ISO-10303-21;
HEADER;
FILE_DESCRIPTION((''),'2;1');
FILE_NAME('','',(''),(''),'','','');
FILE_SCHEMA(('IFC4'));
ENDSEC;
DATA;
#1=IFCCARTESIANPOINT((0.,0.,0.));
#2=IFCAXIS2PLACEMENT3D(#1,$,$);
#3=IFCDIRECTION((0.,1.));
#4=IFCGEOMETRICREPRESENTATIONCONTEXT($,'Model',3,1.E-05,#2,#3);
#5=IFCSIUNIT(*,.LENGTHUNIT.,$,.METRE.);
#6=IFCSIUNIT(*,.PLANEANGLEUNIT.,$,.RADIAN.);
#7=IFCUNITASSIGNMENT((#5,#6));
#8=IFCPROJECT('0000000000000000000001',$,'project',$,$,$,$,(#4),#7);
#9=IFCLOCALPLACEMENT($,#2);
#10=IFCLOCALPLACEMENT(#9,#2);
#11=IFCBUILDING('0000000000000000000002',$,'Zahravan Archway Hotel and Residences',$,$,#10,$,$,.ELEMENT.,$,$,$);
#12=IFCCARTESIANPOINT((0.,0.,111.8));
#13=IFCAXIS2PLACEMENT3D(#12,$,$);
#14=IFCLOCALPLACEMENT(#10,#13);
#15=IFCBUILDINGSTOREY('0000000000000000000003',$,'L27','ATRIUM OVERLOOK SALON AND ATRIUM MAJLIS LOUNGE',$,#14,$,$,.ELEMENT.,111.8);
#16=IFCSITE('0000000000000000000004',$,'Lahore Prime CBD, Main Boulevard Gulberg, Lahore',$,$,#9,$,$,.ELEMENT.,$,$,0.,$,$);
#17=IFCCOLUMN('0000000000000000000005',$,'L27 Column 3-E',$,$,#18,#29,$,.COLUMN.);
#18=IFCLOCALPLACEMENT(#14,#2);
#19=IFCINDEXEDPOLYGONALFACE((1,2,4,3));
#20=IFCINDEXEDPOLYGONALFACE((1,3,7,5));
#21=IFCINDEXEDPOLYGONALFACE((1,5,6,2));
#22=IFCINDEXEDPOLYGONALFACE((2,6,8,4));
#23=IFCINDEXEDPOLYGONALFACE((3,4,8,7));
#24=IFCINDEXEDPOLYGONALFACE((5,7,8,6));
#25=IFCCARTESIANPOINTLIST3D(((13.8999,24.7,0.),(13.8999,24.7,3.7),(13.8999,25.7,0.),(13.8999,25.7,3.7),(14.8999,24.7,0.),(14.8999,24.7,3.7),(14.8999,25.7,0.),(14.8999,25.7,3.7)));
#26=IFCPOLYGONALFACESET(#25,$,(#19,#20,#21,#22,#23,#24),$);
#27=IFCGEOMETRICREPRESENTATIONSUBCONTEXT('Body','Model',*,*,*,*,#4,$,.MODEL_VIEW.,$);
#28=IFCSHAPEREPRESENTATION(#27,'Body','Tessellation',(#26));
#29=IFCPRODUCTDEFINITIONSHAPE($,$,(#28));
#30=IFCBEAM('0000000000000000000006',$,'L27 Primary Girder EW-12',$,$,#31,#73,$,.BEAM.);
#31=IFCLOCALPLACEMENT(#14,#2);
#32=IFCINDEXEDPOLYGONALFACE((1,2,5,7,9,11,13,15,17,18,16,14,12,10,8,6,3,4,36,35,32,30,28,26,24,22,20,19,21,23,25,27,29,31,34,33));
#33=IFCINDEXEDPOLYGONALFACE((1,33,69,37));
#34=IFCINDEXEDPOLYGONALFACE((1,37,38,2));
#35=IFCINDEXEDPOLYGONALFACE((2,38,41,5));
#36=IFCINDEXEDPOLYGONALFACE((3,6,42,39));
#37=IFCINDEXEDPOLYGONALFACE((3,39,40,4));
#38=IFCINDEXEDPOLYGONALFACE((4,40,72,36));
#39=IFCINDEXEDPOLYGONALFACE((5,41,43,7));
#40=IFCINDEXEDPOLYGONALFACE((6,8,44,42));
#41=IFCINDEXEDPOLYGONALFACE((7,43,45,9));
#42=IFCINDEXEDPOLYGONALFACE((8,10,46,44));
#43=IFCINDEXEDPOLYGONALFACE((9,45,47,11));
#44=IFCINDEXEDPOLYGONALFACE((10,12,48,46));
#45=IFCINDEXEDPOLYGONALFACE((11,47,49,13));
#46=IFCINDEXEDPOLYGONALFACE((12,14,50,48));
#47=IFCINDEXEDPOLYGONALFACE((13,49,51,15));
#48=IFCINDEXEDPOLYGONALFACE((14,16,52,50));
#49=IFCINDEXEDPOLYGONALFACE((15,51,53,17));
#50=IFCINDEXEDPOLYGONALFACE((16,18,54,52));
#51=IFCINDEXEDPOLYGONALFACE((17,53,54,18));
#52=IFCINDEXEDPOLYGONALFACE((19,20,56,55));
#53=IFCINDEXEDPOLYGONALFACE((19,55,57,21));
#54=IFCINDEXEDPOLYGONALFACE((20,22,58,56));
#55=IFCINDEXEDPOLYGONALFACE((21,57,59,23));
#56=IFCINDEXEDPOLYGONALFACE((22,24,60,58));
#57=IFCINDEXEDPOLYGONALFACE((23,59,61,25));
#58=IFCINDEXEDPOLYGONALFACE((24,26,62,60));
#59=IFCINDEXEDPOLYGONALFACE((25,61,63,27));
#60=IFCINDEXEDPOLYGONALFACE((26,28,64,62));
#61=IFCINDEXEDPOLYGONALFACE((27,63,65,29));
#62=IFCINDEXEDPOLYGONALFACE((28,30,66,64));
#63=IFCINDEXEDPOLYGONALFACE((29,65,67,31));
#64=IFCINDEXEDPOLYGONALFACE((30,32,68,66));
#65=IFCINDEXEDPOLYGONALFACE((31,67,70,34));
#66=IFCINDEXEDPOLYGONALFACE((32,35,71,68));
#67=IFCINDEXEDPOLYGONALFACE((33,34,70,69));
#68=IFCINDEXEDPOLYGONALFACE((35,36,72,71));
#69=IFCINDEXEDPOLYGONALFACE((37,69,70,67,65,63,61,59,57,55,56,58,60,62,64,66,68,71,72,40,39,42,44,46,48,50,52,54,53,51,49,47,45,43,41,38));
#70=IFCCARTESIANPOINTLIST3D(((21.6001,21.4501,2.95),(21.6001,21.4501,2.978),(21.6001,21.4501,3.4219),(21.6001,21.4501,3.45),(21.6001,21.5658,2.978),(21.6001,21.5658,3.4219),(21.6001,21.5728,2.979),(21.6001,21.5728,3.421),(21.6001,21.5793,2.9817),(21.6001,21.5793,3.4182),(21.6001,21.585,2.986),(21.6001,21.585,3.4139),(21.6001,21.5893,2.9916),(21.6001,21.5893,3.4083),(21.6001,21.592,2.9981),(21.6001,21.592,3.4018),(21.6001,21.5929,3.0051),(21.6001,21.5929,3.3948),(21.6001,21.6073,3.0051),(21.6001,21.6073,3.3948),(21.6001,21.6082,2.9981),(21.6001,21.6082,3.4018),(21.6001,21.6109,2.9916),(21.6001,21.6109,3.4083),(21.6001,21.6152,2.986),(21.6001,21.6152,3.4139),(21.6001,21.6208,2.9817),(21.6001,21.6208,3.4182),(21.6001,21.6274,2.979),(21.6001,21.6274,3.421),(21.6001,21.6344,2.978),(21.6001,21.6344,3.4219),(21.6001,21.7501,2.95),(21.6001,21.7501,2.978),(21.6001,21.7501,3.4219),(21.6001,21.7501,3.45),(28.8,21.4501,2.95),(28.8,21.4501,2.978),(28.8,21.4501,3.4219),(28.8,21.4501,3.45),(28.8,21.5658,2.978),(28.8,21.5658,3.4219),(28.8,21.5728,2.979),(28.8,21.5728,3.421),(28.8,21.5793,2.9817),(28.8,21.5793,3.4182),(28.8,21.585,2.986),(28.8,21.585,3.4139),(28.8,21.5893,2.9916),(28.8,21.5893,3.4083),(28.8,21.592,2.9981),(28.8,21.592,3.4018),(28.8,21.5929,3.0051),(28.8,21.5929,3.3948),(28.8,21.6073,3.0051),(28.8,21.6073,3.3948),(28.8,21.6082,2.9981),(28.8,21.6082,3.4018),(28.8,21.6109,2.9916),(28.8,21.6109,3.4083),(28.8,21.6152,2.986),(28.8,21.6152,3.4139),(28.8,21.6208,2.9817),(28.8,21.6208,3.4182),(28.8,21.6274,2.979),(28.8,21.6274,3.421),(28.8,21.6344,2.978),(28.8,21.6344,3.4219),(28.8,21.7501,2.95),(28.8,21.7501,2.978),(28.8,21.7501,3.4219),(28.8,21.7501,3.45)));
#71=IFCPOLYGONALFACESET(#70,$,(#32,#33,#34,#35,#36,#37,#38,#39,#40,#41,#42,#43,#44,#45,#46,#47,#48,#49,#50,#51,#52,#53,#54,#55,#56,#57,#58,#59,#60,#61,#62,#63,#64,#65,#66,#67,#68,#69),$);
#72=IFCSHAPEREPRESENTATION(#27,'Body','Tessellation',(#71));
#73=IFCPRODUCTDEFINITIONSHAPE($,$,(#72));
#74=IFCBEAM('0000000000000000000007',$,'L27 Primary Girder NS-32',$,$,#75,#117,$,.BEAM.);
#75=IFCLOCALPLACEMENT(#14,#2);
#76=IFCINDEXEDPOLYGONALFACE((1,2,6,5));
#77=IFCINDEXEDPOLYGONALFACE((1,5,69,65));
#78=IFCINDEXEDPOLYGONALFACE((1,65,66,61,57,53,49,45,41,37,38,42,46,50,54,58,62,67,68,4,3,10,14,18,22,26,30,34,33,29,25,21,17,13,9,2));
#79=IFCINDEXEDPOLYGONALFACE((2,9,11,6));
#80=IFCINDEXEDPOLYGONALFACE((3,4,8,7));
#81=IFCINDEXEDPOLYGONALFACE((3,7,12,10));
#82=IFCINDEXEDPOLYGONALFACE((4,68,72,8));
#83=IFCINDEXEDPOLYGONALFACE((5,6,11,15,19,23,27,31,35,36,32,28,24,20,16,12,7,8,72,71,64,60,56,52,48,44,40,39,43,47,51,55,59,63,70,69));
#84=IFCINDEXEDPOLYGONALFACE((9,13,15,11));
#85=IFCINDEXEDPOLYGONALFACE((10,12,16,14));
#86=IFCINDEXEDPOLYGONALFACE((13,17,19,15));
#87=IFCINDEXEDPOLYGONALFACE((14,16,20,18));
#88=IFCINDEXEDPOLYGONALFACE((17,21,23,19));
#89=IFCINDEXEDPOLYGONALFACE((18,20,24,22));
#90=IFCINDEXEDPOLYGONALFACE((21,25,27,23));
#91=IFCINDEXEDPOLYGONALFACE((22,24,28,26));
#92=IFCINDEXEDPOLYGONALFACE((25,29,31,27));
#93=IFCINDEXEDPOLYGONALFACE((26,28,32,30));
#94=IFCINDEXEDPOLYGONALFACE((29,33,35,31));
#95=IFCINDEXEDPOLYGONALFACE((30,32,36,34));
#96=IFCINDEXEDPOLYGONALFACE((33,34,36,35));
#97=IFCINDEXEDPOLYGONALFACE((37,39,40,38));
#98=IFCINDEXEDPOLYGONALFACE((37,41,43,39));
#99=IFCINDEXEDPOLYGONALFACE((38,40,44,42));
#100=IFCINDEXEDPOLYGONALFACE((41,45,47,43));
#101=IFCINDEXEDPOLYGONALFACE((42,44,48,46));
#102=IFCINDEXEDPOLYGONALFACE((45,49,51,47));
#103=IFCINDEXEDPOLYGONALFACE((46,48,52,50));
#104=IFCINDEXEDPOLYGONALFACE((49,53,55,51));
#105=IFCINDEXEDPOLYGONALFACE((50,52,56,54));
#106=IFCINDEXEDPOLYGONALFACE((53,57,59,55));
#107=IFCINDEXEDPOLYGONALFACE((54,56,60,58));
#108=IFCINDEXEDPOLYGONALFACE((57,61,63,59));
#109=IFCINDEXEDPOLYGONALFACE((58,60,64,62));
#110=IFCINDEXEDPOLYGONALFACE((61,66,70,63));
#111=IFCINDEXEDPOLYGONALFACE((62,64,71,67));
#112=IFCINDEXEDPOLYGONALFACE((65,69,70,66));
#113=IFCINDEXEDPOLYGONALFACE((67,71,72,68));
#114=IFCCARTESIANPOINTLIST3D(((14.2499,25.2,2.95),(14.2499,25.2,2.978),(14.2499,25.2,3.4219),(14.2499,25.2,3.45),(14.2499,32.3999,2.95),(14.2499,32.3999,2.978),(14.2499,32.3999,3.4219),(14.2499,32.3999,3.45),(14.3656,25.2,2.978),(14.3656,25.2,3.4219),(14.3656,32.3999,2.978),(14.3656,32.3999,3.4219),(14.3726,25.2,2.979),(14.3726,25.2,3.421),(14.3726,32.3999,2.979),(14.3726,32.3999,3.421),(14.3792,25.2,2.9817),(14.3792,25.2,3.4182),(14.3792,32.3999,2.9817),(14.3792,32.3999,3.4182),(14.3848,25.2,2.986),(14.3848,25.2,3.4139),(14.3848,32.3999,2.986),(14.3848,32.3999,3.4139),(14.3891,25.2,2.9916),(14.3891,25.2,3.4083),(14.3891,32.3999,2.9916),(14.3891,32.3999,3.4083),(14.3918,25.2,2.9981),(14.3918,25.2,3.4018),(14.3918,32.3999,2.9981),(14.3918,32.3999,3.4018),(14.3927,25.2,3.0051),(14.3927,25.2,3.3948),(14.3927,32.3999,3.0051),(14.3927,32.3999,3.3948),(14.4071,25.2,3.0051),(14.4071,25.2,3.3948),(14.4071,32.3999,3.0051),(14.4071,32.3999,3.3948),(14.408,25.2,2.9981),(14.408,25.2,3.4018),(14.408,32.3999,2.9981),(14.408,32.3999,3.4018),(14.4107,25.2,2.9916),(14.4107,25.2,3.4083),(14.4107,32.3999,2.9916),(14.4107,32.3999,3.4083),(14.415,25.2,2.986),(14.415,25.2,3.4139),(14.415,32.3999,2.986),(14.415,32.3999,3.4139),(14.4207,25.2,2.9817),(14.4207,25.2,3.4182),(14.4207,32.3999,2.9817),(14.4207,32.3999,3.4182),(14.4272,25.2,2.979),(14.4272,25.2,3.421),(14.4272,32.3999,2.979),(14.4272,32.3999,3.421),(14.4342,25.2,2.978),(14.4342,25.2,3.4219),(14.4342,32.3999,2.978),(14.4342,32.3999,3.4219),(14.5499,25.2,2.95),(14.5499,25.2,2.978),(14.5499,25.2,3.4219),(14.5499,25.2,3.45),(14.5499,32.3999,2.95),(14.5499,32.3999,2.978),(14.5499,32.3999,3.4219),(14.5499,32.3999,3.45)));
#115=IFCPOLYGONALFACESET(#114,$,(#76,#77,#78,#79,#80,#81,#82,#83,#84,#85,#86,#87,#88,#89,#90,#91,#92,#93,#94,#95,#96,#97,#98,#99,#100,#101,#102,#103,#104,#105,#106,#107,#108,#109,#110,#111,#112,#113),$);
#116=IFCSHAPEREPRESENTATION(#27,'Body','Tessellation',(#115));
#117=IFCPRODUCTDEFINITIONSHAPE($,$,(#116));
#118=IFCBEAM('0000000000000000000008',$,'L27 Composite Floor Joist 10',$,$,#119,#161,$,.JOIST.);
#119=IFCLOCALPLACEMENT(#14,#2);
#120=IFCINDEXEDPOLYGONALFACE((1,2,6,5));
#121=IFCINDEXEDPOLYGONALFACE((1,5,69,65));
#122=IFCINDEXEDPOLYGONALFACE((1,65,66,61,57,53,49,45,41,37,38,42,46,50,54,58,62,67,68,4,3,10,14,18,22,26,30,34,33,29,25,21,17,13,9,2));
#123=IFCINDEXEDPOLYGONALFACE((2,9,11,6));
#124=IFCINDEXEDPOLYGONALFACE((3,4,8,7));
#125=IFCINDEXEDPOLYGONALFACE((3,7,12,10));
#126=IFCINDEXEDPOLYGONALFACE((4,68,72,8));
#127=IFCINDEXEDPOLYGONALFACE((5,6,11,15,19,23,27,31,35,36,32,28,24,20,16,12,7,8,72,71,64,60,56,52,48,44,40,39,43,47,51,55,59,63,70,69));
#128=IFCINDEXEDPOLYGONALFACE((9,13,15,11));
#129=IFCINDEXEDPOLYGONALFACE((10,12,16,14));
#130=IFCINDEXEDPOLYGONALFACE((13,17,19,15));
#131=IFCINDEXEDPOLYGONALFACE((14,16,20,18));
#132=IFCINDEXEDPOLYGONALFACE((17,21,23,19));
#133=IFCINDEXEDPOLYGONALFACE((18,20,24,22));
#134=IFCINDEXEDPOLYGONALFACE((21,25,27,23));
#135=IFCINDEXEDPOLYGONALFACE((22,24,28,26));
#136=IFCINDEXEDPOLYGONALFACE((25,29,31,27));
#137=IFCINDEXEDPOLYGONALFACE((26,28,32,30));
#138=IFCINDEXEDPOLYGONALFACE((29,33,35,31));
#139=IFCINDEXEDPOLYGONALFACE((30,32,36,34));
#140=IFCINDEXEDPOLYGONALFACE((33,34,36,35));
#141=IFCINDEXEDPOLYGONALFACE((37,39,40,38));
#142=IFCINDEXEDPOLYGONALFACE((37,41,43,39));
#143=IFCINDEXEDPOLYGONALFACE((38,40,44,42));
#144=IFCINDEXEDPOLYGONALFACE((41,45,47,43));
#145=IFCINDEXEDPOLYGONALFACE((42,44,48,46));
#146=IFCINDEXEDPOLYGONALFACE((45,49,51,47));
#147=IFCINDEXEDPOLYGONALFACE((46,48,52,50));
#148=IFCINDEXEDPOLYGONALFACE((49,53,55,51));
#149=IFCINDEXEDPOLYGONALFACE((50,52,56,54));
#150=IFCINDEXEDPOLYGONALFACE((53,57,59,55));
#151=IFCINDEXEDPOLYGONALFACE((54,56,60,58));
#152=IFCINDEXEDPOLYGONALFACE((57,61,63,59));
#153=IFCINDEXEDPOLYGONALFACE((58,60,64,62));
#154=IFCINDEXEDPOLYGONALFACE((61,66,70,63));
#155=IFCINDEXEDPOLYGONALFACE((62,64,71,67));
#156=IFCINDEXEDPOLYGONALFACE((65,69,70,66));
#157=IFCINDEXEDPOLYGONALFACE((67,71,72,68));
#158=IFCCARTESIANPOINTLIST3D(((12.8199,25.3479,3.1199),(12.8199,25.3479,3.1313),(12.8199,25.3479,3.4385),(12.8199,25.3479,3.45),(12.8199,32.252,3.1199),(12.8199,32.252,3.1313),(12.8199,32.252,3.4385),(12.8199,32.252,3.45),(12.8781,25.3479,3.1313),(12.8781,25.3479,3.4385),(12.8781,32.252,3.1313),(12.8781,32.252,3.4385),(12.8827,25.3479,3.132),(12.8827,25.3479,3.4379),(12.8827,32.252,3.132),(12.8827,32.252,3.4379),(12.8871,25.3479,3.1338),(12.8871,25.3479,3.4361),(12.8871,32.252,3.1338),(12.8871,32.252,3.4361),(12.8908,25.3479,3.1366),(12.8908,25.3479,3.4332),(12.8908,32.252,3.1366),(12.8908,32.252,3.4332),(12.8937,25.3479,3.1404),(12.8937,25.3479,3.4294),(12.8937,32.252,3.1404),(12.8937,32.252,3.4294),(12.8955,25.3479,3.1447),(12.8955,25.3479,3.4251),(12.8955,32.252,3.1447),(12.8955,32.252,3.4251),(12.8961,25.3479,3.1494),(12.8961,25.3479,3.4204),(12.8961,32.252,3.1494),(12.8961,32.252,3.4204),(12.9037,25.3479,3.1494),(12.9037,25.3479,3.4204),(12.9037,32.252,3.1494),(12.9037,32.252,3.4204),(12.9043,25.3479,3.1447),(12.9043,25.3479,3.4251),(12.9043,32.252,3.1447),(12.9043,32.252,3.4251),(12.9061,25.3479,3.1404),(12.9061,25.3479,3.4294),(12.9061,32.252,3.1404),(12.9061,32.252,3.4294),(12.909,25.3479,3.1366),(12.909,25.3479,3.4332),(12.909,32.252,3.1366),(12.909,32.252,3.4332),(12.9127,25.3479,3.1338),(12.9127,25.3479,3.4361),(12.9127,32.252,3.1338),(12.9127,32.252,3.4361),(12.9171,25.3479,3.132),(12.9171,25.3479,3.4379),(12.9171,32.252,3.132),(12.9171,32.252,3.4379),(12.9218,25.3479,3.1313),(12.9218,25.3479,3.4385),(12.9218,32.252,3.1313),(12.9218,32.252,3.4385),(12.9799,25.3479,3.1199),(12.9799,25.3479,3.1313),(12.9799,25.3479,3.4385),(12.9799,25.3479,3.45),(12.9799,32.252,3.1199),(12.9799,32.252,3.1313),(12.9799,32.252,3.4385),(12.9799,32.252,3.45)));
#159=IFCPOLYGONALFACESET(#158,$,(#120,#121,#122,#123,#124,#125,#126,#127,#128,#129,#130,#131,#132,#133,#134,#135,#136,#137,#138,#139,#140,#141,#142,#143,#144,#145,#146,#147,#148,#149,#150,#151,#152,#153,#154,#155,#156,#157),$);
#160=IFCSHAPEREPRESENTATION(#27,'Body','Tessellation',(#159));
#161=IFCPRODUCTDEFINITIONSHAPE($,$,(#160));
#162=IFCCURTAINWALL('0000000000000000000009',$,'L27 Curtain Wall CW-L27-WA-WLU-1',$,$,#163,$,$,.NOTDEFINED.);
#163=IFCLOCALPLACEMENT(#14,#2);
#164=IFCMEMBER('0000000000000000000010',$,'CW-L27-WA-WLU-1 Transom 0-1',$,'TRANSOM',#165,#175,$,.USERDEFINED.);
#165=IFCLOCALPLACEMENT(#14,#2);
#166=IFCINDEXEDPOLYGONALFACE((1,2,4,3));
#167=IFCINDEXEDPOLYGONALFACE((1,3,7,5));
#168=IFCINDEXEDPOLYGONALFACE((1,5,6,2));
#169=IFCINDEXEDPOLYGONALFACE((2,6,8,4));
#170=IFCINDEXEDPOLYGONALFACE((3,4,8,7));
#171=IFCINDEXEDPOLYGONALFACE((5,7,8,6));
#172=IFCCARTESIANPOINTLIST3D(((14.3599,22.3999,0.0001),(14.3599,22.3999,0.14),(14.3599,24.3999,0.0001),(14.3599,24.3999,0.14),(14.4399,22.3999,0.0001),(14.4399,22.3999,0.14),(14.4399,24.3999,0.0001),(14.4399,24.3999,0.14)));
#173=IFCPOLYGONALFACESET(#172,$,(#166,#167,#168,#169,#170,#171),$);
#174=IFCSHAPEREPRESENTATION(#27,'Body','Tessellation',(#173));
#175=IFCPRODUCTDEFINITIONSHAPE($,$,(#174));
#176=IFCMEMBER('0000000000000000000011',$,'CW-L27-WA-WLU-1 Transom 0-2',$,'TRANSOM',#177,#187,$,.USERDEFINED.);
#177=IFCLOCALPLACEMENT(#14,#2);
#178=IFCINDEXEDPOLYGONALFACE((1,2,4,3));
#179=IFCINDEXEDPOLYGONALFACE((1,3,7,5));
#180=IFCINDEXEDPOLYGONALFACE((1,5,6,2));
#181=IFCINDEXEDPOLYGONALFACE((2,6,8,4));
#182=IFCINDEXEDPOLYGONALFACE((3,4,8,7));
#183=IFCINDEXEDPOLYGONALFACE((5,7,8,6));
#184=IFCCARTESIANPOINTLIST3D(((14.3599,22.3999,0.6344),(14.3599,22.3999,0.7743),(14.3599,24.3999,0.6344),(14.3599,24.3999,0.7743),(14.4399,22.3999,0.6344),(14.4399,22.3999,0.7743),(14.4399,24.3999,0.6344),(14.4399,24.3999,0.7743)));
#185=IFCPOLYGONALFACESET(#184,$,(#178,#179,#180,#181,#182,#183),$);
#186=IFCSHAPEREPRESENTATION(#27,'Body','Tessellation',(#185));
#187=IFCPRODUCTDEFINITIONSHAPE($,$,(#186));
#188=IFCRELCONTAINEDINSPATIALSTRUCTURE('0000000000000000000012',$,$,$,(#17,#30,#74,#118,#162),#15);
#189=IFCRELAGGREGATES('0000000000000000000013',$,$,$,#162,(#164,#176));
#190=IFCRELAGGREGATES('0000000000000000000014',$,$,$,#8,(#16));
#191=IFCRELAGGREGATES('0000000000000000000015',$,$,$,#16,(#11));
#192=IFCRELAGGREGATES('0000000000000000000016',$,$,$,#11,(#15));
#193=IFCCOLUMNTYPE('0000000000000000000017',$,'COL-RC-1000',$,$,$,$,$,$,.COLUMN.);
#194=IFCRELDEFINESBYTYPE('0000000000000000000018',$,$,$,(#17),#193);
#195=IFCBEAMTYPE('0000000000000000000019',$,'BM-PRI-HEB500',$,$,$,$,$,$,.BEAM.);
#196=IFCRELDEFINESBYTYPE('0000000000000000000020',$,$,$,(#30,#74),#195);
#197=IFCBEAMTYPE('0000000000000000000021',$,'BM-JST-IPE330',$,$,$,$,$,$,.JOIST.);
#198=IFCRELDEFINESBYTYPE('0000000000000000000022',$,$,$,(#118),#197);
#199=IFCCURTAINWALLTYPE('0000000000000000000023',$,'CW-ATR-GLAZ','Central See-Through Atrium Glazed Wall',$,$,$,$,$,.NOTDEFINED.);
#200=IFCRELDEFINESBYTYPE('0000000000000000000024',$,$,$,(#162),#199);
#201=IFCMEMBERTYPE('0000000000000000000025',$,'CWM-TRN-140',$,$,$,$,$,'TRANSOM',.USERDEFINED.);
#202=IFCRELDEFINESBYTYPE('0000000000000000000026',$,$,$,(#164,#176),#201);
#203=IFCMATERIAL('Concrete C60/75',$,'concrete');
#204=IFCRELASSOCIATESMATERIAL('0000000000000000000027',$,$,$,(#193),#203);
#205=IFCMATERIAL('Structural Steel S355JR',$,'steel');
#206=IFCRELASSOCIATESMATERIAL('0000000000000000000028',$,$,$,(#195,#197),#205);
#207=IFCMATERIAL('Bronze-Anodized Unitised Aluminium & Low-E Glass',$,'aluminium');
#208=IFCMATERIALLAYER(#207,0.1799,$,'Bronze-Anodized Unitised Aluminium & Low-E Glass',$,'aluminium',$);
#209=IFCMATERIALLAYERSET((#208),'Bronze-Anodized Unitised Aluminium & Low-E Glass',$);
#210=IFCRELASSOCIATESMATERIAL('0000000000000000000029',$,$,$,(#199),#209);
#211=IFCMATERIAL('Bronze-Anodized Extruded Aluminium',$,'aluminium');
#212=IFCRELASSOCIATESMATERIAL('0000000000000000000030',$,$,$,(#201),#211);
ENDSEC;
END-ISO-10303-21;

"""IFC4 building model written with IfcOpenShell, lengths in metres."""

from ifc_helpers import new_model, si_unit, direction, frame, origin, origin_2d, place, context, subcontext, project, spatial, rectangle, i_section, extrude, source, transform, mapped, material, layer, layer_set, material_profile, profile_set, type_object, type_shapes, element, aggregate, save


model = new_model("IFC4")

# Units and contexts
model_context = context("Model", 3, precision=1e-05, world=origin(), true_north=direction((0.0, 1.0)))
body_context = subcontext(model_context, "Body", "Model", "MODEL_VIEW")
ifc_project = project(units=[si_unit("LENGTHUNIT", "METRE"), si_unit("PLANEANGLEUNIT", "RADIAN")], contexts=[model_context])

# Site, building, storey
site_placement = place(None, origin())
site = spatial("IfcSite", under=ifc_project, at=site_placement, Name="Lahore Prime CBD, Main Boulevard Gulberg, Lahore", CompositionType="ELEMENT", RefElevation=0.0)
building_placement = place(site_placement, origin())
building = spatial("IfcBuilding", under=site, at=building_placement, Name="Zahravan Archway Hotel and Residences", CompositionType="ELEMENT")
storey_placement = place(building_placement, frame((0.0, 0.0, 111.8)))
storey = spatial("IfcBuildingStorey", under=building, at=storey_placement, Name="L27", Description="ATRIUM OVERLOOK SALON AND ATRIUM MAJLIS LOUNGE", CompositionType="ELEMENT", Elevation=111.8)

# Column
ifc_material_1 = material(Name="Concrete C60/75", Category="concrete")
ifc_material_profile_1 = material_profile(ifc_material_1, rectangle(XDim=1.0, YDim=1.0, at=origin_2d()), Name="RC-COL-1000x1000", Category="concrete")
ifc_profile_set_1 = profile_set([ifc_material_profile_1], Name="Concrete C60/75")
column_type = type_object("IfcColumnType", Name="COL-RC-1000", PredefinedType="COLUMN", material=ifc_profile_set_1)
shared_shape_1 = source(origin(), body_context, "Body", "SweptSolid", [
    extrude(rectangle(XDim=1.0, YDim=1.0, at=origin_2d()), origin(), (0.0, 0.0, 1.0), 3.7),
])
type_shapes(column_type, [shared_shape_1])
column_placement = place(storey_placement, frame((14.3999, 25.2, 0.0), z_axis=(0.0, 0.0, 1.0), x_axis=(1.0, 0.0, 0.0)))
element("IfcColumn", 1, at=column_placement, inside=storey, type_object=column_type, Name="L27 Column 3-E", PredefinedType="COLUMN", context=body_context, shape_type="MappedRepresentation", body=[
    mapped(shared_shape_1, transform((0.0, 0.0, 0.0), scale=1.0)),
])

# Beams
ifc_material_2 = material(Name="Structural Steel S355JR", Category="steel")
ifc_material_profile_2 = material_profile(ifc_material_2, i_section(OverallWidth=0.3, OverallDepth=0.5, WebThickness=0.0144, FlangeThickness=0.0281, FilletRadius=0.0271, at=origin_2d()), Name="HEB 500", Category="steel")
ifc_profile_set_2 = profile_set([ifc_material_profile_2], Name="Structural Steel S355JR")
beam_type_1 = type_object("IfcBeamType", Name="BM-PRI-HEB500", PredefinedType="BEAM", material=ifc_profile_set_2)
shared_shape_2 = source(origin(), body_context, "Body", "SweptSolid", [
    extrude(i_section(OverallWidth=0.3, OverallDepth=0.5, WebThickness=0.0144, FlangeThickness=0.0281, FilletRadius=0.0271, at=origin_2d()), origin(), (0.0, 0.0, 1.0), 7.2),
])
for number, where, z_axis, x_axis, name in (
    (2, (21.6001, 21.6001, 3.2), (1.0, 0.0, 0.0), (0.0, 1.0, 0.0), "L27 Primary Girder EW-12"),
    (3, (14.3999, 25.2, 3.2), (0.0, 1.0, 0.0), (-1.0, 0.0, 0.0), "L27 Primary Girder NS-32"),
):
    element("IfcBeam", number, at=place(storey_placement, frame(where, z_axis=z_axis, x_axis=x_axis)), inside=storey, type_object=beam_type_1, Name=name, PredefinedType="BEAM", context=body_context, shape_type="MappedRepresentation", body=[
        mapped(shared_shape_2, transform((0.0, 0.0, 0.0), scale=1.0)),
    ])
ifc_material_profile_3 = material_profile(ifc_material_2, i_section(OverallWidth=0.1599, OverallDepth=0.3301, WebThickness=0.0076, FlangeThickness=0.0115, FilletRadius=0.0181, at=origin_2d()), Name="IPE 330", Category="steel")
ifc_profile_set_3 = profile_set([ifc_material_profile_3], Name="Structural Steel S355JR")
beam_type_2 = type_object("IfcBeamType", Name="BM-JST-IPE330", PredefinedType="JOIST", material=ifc_profile_set_3)
shared_shape_3 = source(origin(), body_context, "Body", "SweptSolid", [
    extrude(i_section(OverallWidth=0.1599, OverallDepth=0.3301, WebThickness=0.0076, FlangeThickness=0.0115, FilletRadius=0.0181, at=origin_2d()), origin(), (0.0, 0.0, 1.0), 6.9041),
])
type_shapes(beam_type_2, [shared_shape_3])
beam_placement = place(storey_placement, frame((12.8999, 25.3479, 3.2849), z_axis=(0.0, 1.0, 0.0), x_axis=(-1.0, 0.0, 0.0)))
element("IfcBeam", 4, at=beam_placement, inside=storey, type_object=beam_type_2, Name="L27 Composite Floor Joist 10", PredefinedType="JOIST", context=body_context, shape_type="MappedRepresentation", body=[
    mapped(shared_shape_3, transform((0.0, 0.0, 0.0), scale=1.0)),
])

# Curtain wall, members
ifc_material_3 = material(Name="Bronze-Anodized Unitised Aluminium & Low-E Glass", Category="aluminium")
ifc_layer_1 = layer(ifc_material_3, 0.1799, Name="Bronze-Anodized Unitised Aluminium & Low-E Glass", Category="aluminium")
ifc_layer_set_1 = layer_set([ifc_layer_1], Name="Bronze-Anodized Unitised Aluminium & Low-E Glass")
curtain_wall_type = type_object("IfcCurtainWallType", Name="CW-ATR-GLAZ", Description="Central See-Through Atrium Glazed Wall", PredefinedType="NOTDEFINED", material=ifc_layer_set_1)
curtain_wall_1_placement = place(storey_placement, origin())
curtain_wall_1 = element("IfcCurtainWall", 5, at=curtain_wall_1_placement, inside=storey, type_object=curtain_wall_type, Name="L27 Curtain Wall CW-L27-WA-WLU-1", PredefinedType="NOTDEFINED")
ifc_material_4 = material(Name="Bronze-Anodized Extruded Aluminium", Category="aluminium")
ifc_material_profile_4 = material_profile(ifc_material_4, rectangle(XDim=0.0801, YDim=0.1399, at=origin_2d()), Name="TRN 80x140", Category="aluminium")
ifc_profile_set_4 = profile_set([ifc_material_profile_4], Name="Bronze-Anodized Extruded Aluminium")
member_type_1 = type_object("IfcMemberType", Name="CWM-TRN-140", ElementType="TRANSOM", PredefinedType="USERDEFINED", material=ifc_profile_set_4)
shared_shape_4 = source(origin(), body_context, "Body", "SweptSolid", [
    extrude(rectangle(XDim=0.0801, YDim=0.1399, at=origin_2d()), origin(), (0.0, 0.0, 1.0), 2.0),
])
member_1_placement = place(storey_placement, frame((14.3999, 22.3999, 0.0701), z_axis=(0.0, 1.0, 0.0), x_axis=(-1.0, 0.0, 0.0)))
member_1 = element("IfcMember", 6, at=member_1_placement, type_object=member_type_1, Name="CW-L27-WA-WLU-1 Transom 0-1", ObjectType="TRANSOM", PredefinedType="USERDEFINED", context=body_context, shape_type="MappedRepresentation", body=[
    mapped(shared_shape_4, transform((0.0, 0.0, 0.0), scale=1.0)),
])
member_2_placement = place(storey_placement, frame((14.3999, 22.3999, 0.7043), z_axis=(0.0, 1.0, 0.0), x_axis=(-1.0, 0.0, 0.0)))
member_2 = element("IfcMember", 7, at=member_2_placement, type_object=member_type_1, Name="CW-L27-WA-WLU-1 Transom 0-2", ObjectType="TRANSOM", PredefinedType="USERDEFINED", context=body_context, shape_type="MappedRepresentation", body=[
    mapped(shared_shape_4, transform((0.0, 0.0, 0.0), scale=1.0)),
])

aggregate(curtain_wall_1, [member_1, member_2])

save(model, "model.ifc")
